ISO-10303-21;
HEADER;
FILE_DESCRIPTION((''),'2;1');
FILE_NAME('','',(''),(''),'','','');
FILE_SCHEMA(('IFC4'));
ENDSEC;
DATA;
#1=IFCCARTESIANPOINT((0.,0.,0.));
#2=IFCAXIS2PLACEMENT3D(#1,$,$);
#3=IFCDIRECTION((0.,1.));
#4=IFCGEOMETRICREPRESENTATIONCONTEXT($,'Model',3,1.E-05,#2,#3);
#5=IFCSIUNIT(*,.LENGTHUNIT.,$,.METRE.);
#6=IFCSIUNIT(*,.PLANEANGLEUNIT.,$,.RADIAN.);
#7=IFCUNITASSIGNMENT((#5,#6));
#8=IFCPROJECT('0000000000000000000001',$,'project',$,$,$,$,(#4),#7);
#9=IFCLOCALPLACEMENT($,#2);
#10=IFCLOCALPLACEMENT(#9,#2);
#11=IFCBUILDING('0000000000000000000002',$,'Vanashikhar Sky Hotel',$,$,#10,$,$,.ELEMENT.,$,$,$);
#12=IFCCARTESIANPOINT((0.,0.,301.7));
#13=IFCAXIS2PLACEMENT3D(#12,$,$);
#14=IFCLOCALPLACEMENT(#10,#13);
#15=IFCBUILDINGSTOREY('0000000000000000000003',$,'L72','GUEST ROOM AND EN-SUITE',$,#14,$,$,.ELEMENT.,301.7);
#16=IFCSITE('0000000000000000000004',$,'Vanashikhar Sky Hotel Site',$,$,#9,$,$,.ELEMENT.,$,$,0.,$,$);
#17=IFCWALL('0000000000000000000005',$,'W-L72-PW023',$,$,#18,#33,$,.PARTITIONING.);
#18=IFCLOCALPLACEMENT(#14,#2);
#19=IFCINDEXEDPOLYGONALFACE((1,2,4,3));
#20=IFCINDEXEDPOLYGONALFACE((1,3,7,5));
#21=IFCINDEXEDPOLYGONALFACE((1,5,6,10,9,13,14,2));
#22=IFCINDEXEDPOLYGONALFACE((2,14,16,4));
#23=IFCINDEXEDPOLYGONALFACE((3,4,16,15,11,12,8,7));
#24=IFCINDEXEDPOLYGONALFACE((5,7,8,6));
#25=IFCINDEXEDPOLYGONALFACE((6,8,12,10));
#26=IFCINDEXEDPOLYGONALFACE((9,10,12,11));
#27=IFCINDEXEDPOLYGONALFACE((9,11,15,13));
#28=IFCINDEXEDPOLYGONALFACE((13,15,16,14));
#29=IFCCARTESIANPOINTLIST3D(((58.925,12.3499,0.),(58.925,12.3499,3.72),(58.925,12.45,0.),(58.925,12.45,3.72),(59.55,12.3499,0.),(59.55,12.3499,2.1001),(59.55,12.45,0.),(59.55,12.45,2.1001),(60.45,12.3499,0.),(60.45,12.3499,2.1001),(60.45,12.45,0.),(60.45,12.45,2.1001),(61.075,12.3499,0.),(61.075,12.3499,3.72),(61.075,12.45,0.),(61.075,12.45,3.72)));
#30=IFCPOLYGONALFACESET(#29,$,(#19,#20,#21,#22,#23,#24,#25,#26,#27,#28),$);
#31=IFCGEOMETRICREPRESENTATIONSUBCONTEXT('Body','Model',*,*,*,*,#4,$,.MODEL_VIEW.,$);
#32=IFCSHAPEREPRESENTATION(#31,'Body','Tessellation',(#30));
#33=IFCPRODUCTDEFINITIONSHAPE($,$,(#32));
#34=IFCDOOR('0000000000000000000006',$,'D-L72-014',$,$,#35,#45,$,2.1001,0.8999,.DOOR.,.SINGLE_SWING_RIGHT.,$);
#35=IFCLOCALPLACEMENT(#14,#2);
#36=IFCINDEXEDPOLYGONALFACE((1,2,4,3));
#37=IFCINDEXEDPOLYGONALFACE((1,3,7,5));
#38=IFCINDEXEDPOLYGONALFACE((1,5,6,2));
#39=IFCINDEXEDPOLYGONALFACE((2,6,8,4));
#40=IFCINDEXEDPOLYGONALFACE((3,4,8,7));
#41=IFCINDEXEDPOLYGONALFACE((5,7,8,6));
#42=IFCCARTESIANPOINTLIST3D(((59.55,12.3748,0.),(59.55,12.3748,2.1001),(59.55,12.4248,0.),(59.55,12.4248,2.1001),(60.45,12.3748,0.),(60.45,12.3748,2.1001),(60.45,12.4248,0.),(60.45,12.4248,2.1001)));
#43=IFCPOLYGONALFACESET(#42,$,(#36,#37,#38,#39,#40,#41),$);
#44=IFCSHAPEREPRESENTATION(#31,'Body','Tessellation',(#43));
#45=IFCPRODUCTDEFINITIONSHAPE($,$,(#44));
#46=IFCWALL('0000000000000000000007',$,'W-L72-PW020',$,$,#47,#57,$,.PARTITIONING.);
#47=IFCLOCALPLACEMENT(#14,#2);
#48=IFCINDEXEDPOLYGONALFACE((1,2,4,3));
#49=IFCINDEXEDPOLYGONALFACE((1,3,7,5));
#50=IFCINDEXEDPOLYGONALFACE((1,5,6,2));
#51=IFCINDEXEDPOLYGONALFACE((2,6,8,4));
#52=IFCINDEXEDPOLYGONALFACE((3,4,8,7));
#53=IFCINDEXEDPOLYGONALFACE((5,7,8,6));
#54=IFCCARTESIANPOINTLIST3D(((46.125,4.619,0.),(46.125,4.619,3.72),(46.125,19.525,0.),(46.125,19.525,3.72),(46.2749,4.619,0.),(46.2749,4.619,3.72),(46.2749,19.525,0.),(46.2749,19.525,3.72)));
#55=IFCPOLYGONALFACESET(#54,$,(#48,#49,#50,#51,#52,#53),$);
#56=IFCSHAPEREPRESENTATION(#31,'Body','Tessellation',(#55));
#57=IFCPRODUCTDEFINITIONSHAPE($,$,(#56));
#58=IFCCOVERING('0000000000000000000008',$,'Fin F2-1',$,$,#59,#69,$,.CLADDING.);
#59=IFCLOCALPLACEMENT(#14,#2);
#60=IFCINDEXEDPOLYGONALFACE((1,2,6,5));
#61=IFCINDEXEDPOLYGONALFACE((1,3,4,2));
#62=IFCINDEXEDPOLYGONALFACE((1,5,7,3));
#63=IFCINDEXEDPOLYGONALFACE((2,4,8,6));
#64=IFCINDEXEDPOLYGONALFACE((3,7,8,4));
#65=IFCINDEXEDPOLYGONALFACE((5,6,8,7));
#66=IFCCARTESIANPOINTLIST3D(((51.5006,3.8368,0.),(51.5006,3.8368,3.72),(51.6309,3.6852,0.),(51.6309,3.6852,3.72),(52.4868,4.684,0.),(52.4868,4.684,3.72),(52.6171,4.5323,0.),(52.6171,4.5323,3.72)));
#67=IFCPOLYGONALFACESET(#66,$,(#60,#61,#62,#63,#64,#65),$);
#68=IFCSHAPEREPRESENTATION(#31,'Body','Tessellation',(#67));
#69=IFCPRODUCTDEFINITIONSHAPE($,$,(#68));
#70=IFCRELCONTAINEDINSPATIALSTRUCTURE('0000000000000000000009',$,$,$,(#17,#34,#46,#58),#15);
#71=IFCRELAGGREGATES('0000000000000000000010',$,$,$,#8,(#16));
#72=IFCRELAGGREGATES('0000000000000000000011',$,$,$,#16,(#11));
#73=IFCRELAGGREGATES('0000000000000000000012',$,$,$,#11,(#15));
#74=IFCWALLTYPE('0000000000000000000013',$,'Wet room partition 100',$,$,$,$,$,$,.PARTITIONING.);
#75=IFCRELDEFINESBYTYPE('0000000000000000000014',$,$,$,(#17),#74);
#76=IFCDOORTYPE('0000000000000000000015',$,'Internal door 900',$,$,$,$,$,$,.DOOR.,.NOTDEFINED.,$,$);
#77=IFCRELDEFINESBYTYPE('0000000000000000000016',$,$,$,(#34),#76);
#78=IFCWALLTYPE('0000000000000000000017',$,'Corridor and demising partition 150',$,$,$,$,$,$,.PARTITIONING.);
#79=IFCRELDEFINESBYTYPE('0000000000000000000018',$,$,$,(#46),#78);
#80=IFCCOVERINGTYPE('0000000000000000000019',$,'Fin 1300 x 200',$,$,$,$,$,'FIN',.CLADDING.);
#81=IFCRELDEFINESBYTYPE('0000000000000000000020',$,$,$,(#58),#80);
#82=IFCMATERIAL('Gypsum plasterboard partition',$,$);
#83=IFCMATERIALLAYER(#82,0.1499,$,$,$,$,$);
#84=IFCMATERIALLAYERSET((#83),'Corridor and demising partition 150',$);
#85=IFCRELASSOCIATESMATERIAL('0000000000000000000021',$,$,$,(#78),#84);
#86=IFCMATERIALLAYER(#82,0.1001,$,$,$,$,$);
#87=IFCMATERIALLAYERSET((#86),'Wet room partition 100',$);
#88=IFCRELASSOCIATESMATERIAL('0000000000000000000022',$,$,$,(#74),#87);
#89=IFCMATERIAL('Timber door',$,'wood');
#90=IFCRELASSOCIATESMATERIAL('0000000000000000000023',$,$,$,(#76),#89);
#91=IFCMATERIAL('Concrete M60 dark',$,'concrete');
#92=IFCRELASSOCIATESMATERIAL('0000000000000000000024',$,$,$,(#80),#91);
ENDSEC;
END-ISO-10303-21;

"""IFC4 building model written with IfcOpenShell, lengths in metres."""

from ifc_helpers import new_model, si_unit, direction, frame, frame_2d, origin, origin_2d, place, context, subcontext, project, spatial, rectangle, extrude, source, transform, mapped, material, layer, layer_set, material_profile, profile_set, type_object, element, fill, save


model = new_model("IFC4")

# Units and contexts
model_context = context("Model", 3, precision=1e-05, world=origin(), true_north=direction((0.0, 1.0)))
body_context = subcontext(model_context, "Body", "Model", "MODEL_VIEW")
ifc_project = project(units=[si_unit("LENGTHUNIT", "METRE"), si_unit("PLANEANGLEUNIT", "RADIAN")], contexts=[model_context])

# Site, building, storey
site_placement = place(None, origin())
site = spatial("IfcSite", under=ifc_project, at=site_placement, Name="Vanashikhar Sky Hotel Site", CompositionType="ELEMENT", RefElevation=0.0)
building_placement = place(site_placement, origin())
building = spatial("IfcBuilding", under=site, at=building_placement, Name="Vanashikhar Sky Hotel", CompositionType="ELEMENT")
storey_placement = place(building_placement, frame((0.0, 0.0, 301.7)))
storey = spatial("IfcBuildingStorey", under=building, at=storey_placement, Name="L72", Description="GUEST ROOM AND EN-SUITE", CompositionType="ELEMENT", Elevation=301.7)

# Shared definitions
ifc_material_1 = material(Name="Gypsum plasterboard partition")
ifc_layer_1 = layer(ifc_material_1, 0.1499)
ifc_layer_set_1 = layer_set([ifc_layer_1], Name="Corridor and demising partition 150")
wall_type_1 = type_object("IfcWallType", Name="Corridor and demising partition 150", PredefinedType="PARTITIONING", material=ifc_layer_set_1)

# Shared definitions
ifc_layer_2 = layer(ifc_material_1, 0.1001)
ifc_layer_set_2 = layer_set([ifc_layer_2], Name="Wet room partition 100")
wall_type_2 = type_object("IfcWallType", Name="Wet room partition 100", PredefinedType="PARTITIONING", material=ifc_layer_set_2)

# Wall, opening, door
shared_shape_1 = source(origin(), body_context, "Body", "SweptSolid", [
    extrude(rectangle(XDim=2.1499, YDim=0.1001, at=frame_2d((1.075, 0.0))), origin(), (0.0, 0.0, 1.0), 3.72),
])
shared_shape_2 = source(origin(), body_context, "Body", "SweptSolid", [
    extrude(rectangle(XDim=0.8999, YDim=2.1001, at=frame_2d((0.45, 1.05))), frame((0.0, 0.0601, 0.0), z_axis=(0.0, -1.0, 0.0), x_axis=(1.0, 0.0, 0.0)), (0.0, 0.0, 1.0), 0.1201),
])
ifc_material_2 = material(Name="Timber door", Category="wood")
door_type_1 = type_object("IfcDoorType", Name="Internal door 900", OperationType="NOTDEFINED", PredefinedType="DOOR", material=ifc_material_2)
shared_shape_3 = source(origin(), body_context, "Body", "SweptSolid", [
    extrude(rectangle(XDim=0.8999, YDim=2.1001, at=frame_2d((0.45, 1.05))), frame((0.0, 0.0249, 0.0), z_axis=(0.0, -1.0, 0.0), x_axis=(1.0, 0.0, 0.0)), (0.0, 0.0, 1.0), 0.05),
])
wall_1_placement = place(storey_placement, frame((58.925, 12.3999, 0.0), z_axis=(0.0, 0.0, 1.0), x_axis=(1.0, 0.0, 0.0)))
wall_1 = element("IfcWall", 1, at=wall_1_placement, inside=storey, type_object=wall_type_2, Name="W-L72-PW023", PredefinedType="PARTITIONING", context=body_context, shape_type="MappedRepresentation", body=[
    mapped(shared_shape_1, transform((0.0, 0.0, 0.0), scale=1.0)),
])
opening_1_placement = place(wall_1_placement, frame((0.625, 0.0, 0.0)))
opening_1 = element("IfcOpeningElement", 2, at=opening_1_placement, cuts=wall_1, PredefinedType="OPENING", context=body_context, shape_type="MappedRepresentation", body=[
    mapped(shared_shape_2, transform((0.0, 0.0, 0.0), scale=1.0)),
])
door_1_placement = place(opening_1_placement, origin())
door_1 = element("IfcDoor", 3, at=door_1_placement, inside=storey, type_object=door_type_1, Name="D-L72-014", OperationType="SINGLE_SWING_RIGHT", OverallHeight=2.1001, OverallWidth=0.8999, PredefinedType="DOOR", context=body_context, shape_type="MappedRepresentation", body=[
    mapped(shared_shape_3, transform((0.0, 0.0, 0.0), scale=1.0)),
])
fill(opening_1, door_1)

# Wall
shared_shape_4 = source(origin(), body_context, "Body", "SweptSolid", [
    extrude(rectangle(XDim=14.906, YDim=0.1499, at=frame_2d((7.4531, 0.0))), origin(), (0.0, 0.0, 1.0), 3.72),
])
wall_2_placement = place(storey_placement, frame((46.2, 4.6189, 0.0), z_axis=(0.0, 0.0, 1.0), x_axis=(0.0, 1.0, 0.0)))
element("IfcWall", 4, at=wall_2_placement, inside=storey, type_object=wall_type_1, Name="W-L72-PW020", PredefinedType="PARTITIONING", context=body_context, shape_type="MappedRepresentation", body=[
    mapped(shared_shape_4, transform((0.0, 0.0, 0.0), scale=1.0)),
])

# Covering
ifc_material_3 = material(Name="Concrete M60 dark", Category="concrete")
ifc_material_profile_1 = material_profile(ifc_material_3, rectangle(XDim=1.3, YDim=0.2, at=origin_2d()))
ifc_profile_set_1 = profile_set([ifc_material_profile_1], Name="Fin 1300 x 200")
covering_type = type_object("IfcCoveringType", Name="Fin 1300 x 200", ElementType="FIN", PredefinedType="CLADDING", material=ifc_profile_set_1)
shared_shape_5 = source(origin(), body_context, "Body", "SweptSolid", [
    extrude(rectangle(XDim=1.3, YDim=0.2, at=origin_2d()), origin(), (0.0, 0.0, 1.0), 3.72),
])
covering_placement = place(storey_placement, frame((52.0588, 4.1846, 0.0), z_axis=(0.0, 0.0, 1.0), x_axis=(-0.758544, -0.651622, 0.0)))
element("IfcCovering", 5, at=covering_placement, inside=storey, type_object=covering_type, Name="Fin F2-1", PredefinedType="CLADDING", context=body_context, shape_type="MappedRepresentation", body=[
    mapped(shared_shape_5, transform((0.0, 0.0, 0.0), scale=1.0)),
])

save(model, "model.ifc")
